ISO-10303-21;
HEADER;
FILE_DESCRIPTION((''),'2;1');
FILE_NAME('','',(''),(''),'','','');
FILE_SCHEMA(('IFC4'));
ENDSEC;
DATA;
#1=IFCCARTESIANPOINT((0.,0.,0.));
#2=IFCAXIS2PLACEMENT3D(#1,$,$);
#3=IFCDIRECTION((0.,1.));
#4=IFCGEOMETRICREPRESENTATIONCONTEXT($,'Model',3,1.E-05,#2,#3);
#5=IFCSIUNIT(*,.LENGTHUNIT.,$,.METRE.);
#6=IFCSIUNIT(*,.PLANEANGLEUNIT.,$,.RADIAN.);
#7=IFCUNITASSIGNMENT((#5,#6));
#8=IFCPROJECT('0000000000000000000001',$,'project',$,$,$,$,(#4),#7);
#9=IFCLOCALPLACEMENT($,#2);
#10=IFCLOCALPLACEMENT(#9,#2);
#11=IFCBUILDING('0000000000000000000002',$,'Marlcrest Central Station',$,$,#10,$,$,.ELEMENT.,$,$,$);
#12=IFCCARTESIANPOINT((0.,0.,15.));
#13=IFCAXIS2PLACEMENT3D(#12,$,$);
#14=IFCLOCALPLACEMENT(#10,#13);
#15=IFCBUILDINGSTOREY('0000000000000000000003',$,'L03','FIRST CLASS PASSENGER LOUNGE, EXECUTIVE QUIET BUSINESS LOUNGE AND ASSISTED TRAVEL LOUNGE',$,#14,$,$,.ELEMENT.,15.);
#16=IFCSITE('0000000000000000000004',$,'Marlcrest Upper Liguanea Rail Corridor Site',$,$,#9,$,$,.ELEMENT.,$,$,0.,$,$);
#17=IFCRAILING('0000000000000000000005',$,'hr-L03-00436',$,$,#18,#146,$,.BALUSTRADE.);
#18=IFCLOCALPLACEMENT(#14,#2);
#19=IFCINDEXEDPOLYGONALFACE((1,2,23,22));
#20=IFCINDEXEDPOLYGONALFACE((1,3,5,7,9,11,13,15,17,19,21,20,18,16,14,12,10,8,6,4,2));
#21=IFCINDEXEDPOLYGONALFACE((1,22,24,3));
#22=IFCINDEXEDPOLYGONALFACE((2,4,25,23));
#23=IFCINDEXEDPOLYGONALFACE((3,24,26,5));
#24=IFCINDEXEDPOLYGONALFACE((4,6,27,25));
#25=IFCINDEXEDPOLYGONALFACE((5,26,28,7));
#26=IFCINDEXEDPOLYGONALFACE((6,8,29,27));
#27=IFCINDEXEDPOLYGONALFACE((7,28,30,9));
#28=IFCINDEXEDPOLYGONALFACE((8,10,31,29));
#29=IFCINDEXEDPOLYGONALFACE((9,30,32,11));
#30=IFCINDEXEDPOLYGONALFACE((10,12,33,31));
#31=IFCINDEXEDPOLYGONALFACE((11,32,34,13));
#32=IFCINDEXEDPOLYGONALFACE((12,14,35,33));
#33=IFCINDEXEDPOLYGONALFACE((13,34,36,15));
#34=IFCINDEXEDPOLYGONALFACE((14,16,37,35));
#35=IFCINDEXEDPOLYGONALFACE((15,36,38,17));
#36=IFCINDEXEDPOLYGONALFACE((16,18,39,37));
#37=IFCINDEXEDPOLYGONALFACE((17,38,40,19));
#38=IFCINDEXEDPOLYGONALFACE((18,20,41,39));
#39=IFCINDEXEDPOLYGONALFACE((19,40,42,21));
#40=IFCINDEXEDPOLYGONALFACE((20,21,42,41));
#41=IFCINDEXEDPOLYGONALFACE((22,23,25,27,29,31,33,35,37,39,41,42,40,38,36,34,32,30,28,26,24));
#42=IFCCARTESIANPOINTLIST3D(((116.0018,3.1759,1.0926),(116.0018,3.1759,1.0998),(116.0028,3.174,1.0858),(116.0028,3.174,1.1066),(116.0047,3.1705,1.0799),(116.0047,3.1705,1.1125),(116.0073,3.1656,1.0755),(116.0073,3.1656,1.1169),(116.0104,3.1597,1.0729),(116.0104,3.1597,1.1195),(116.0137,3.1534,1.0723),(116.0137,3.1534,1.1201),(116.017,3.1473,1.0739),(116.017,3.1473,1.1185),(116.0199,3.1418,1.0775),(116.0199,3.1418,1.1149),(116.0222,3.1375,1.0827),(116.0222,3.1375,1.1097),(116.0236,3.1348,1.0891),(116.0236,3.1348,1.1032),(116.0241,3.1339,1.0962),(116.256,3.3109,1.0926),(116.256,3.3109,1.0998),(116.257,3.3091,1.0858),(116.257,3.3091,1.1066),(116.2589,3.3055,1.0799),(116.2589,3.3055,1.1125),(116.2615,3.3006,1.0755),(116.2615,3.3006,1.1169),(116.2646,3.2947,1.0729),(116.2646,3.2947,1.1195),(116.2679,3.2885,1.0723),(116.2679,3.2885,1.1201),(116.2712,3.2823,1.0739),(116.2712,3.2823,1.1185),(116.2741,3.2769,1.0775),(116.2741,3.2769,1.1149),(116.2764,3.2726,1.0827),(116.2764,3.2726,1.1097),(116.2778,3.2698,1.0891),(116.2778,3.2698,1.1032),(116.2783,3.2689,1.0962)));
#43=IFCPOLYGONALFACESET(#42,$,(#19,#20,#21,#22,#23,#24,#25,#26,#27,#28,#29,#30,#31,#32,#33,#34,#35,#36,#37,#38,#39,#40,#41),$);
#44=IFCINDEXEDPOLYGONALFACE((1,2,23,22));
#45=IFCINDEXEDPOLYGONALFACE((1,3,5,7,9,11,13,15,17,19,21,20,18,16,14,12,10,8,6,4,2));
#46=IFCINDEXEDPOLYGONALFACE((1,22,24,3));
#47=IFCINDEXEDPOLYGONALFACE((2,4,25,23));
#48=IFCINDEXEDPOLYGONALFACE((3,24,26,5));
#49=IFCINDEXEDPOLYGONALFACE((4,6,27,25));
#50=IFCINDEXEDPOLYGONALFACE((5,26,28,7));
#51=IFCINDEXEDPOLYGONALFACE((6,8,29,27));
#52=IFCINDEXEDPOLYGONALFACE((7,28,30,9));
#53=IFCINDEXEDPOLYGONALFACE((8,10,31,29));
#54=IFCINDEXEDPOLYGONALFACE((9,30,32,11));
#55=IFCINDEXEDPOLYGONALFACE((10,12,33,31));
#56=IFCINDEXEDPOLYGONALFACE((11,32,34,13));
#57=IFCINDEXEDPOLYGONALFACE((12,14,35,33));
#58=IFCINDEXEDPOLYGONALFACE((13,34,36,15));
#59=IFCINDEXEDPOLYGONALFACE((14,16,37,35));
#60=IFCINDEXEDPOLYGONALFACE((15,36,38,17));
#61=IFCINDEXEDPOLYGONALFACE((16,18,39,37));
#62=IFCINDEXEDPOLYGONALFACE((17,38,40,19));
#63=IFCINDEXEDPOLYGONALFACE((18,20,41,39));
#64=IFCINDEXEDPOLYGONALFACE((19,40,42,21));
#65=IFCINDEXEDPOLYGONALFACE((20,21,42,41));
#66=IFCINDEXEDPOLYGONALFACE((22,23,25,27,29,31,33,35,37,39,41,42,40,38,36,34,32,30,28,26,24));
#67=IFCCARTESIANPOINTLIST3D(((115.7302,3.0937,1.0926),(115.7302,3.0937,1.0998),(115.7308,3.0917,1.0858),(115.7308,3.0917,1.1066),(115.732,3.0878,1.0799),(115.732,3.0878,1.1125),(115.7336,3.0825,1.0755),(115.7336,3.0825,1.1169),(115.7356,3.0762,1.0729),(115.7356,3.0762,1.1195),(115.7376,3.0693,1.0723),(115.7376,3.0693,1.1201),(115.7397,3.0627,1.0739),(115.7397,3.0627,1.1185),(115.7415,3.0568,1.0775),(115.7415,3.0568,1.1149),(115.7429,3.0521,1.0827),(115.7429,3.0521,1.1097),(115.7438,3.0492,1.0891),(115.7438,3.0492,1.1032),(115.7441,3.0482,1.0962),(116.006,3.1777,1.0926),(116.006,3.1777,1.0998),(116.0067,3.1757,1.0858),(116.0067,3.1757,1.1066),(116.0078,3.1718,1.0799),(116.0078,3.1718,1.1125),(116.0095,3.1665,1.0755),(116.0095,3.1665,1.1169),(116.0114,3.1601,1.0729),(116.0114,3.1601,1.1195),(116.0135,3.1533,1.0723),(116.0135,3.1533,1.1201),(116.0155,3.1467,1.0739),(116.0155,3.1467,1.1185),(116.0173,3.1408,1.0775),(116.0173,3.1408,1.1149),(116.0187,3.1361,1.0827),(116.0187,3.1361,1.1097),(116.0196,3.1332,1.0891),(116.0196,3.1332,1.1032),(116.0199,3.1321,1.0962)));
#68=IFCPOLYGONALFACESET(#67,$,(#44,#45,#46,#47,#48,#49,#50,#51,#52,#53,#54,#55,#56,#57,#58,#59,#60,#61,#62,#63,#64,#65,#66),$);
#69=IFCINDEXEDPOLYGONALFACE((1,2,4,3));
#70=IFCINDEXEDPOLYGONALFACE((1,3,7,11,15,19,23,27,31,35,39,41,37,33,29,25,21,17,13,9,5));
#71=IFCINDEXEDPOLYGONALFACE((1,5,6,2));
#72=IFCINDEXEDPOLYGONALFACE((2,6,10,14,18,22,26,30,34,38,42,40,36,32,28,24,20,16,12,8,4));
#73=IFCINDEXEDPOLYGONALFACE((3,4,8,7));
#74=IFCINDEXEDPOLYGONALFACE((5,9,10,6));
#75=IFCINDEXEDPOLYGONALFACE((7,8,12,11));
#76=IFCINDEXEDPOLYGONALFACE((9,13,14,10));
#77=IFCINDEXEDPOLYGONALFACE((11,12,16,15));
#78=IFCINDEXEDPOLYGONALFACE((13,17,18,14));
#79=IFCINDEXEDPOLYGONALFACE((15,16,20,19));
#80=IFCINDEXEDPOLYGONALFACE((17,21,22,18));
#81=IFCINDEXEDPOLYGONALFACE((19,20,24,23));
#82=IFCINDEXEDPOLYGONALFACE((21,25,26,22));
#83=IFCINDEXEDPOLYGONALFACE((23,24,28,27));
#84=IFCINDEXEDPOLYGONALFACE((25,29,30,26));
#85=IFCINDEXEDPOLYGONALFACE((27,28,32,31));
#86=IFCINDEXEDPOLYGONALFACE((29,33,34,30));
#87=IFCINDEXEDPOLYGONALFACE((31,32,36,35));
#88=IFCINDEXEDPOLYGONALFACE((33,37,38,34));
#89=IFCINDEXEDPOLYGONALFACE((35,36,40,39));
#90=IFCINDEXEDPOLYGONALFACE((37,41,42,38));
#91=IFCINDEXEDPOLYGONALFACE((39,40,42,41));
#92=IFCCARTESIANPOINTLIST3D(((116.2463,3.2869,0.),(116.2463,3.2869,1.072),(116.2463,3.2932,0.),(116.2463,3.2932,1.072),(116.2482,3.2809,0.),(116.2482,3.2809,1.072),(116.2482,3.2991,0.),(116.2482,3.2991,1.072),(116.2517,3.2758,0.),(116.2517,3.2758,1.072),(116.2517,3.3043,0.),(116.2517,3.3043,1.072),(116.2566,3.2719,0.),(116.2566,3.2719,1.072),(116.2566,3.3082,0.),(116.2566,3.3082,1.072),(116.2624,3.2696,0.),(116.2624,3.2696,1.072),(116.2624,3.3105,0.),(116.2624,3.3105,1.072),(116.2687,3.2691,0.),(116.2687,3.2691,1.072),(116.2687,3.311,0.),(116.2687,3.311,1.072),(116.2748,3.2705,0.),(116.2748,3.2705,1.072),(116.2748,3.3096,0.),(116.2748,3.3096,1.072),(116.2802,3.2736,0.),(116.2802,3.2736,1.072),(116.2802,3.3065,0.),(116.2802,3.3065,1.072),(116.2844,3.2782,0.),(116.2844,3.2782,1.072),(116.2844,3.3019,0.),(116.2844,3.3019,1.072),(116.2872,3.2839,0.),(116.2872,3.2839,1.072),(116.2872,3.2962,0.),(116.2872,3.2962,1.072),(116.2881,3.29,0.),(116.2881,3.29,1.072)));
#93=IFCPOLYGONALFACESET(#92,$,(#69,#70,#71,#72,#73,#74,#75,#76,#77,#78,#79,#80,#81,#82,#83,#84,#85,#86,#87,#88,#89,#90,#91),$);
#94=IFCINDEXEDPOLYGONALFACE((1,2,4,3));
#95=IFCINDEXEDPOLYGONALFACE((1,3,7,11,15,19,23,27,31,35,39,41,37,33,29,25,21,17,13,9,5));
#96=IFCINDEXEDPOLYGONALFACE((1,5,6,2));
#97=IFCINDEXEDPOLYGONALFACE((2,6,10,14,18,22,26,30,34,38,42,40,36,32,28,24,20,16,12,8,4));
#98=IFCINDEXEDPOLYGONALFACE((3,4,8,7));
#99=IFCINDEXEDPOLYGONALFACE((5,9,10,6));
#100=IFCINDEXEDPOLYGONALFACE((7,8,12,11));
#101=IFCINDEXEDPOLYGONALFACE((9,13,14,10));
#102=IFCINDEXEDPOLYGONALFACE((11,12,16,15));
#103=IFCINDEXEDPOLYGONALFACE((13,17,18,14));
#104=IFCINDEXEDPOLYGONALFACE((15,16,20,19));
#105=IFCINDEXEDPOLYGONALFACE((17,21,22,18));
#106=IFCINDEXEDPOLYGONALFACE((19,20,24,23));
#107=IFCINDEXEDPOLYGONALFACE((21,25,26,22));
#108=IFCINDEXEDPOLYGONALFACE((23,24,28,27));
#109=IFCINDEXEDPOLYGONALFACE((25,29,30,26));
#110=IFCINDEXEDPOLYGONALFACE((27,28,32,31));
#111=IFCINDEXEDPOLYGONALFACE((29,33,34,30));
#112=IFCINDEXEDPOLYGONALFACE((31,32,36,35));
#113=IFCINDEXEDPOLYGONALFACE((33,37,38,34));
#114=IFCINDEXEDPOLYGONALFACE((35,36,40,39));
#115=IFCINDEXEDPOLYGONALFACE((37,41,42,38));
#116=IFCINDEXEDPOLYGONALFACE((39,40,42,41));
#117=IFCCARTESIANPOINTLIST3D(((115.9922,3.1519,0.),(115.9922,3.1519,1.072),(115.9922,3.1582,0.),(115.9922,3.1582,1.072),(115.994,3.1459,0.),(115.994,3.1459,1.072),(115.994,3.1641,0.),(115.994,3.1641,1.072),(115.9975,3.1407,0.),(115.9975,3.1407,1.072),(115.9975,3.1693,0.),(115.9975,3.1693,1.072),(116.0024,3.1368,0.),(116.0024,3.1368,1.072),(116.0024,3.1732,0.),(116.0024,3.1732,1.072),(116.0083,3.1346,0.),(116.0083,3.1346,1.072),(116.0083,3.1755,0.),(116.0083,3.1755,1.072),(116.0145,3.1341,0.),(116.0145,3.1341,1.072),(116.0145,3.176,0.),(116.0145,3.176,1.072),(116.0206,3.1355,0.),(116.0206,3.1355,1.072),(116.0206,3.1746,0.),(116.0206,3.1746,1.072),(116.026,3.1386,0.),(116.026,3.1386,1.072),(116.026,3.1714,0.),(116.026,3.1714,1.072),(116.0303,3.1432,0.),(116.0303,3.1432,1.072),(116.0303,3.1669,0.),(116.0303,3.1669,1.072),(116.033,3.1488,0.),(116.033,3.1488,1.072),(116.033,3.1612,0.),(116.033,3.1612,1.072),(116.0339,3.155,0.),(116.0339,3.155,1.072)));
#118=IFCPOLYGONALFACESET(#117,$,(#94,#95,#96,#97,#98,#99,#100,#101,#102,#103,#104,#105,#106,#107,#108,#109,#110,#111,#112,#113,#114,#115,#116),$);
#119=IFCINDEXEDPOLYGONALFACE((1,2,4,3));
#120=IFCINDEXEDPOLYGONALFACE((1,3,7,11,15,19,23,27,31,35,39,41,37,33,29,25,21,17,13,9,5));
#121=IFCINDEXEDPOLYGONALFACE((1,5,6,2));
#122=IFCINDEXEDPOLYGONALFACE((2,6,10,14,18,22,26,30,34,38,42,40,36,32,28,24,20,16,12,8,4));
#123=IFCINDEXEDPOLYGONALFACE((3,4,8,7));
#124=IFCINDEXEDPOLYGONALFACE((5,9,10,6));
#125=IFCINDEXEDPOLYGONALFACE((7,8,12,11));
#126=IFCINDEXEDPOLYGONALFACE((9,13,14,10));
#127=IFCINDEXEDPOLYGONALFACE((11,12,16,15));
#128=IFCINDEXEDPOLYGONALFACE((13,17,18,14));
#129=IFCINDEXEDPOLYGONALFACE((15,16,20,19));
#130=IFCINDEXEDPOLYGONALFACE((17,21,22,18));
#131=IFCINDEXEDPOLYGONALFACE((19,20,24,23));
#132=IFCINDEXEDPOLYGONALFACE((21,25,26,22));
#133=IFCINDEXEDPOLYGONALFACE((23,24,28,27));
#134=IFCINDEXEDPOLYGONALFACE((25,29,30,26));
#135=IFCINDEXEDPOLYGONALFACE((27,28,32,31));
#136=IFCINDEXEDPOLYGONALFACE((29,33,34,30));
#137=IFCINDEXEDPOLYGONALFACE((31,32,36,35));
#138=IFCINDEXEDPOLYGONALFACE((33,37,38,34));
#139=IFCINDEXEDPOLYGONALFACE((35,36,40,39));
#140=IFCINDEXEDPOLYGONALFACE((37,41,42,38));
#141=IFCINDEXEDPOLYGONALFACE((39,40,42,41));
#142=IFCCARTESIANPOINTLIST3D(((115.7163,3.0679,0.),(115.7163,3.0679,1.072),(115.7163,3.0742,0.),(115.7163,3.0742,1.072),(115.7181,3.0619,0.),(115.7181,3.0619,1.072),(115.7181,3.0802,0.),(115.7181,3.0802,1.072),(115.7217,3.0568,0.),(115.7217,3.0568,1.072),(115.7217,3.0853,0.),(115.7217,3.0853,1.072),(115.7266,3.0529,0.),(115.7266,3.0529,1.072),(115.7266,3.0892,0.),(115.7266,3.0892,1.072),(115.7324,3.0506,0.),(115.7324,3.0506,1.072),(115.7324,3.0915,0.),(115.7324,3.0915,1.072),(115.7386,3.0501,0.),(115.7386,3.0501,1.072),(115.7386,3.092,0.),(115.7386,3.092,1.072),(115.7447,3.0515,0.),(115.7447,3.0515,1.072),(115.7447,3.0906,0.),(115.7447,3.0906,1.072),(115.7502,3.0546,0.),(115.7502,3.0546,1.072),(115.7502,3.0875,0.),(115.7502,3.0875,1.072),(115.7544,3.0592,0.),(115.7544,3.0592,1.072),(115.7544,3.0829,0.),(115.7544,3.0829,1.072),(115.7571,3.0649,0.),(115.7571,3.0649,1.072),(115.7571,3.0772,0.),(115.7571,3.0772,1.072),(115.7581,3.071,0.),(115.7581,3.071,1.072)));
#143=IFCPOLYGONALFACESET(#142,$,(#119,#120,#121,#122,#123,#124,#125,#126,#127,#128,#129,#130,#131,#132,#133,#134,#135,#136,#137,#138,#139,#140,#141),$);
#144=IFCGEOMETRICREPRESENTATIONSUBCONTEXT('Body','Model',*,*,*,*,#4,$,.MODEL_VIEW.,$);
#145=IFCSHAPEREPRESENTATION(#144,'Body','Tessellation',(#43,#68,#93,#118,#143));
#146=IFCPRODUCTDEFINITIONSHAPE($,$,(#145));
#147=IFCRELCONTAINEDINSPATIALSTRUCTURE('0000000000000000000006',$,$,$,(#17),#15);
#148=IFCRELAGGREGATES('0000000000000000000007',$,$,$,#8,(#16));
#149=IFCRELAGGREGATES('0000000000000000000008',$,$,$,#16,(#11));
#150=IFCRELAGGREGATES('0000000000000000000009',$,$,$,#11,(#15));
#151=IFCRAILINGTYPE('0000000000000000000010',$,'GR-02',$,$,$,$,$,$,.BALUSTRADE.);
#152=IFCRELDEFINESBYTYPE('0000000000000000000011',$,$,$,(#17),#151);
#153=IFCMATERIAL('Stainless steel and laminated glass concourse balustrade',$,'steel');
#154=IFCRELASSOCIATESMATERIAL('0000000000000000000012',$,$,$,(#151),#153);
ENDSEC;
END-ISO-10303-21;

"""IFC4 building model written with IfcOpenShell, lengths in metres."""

from ifc_helpers import new_model, si_unit, direction, frame, origin, origin_2d, place, context, subcontext, project, spatial, circle, extrude, material, type_object, element, save


model = new_model("IFC4")

# Units and contexts
model_context = context("Model", 3, precision=1e-05, world=origin(), true_north=direction((0.0, 1.0)))
body_context = subcontext(model_context, "Body", "Model", "MODEL_VIEW")
ifc_project = project(units=[si_unit("LENGTHUNIT", "METRE"), si_unit("PLANEANGLEUNIT", "RADIAN")], contexts=[model_context])

# Site, building, storey
site_placement = place(None, origin())
site = spatial("IfcSite", under=ifc_project, at=site_placement, Name="Marlcrest Upper Liguanea Rail Corridor Site", CompositionType="ELEMENT", RefElevation=0.0)
building_placement = place(site_placement, origin())
building = spatial("IfcBuilding", under=site, at=building_placement, Name="Marlcrest Central Station", CompositionType="ELEMENT")
storey_placement = place(building_placement, frame((0.0, 0.0, 15.0)))
storey = spatial("IfcBuildingStorey", under=building, at=storey_placement, Name="L03", Description="FIRST CLASS PASSENGER LOUNGE, EXECUTIVE QUIET BUSINESS LOUNGE AND ASSISTED TRAVEL LOUNGE", CompositionType="ELEMENT", Elevation=15.0)

# Railing
ifc_material_1 = material(Name="Stainless steel and laminated glass concourse balustrade", Category="steel")
railing_type = type_object("IfcRailingType", Name="GR-02", PredefinedType="BALUSTRADE", material=ifc_material_1)
railing_1_placement = place(storey_placement, frame((116.2671, 3.29, 0.0)))
element("IfcRailing", 1, at=railing_1_placement, inside=storey, type_object=railing_type, Name="hr-L03-00436", PredefinedType="BALUSTRADE", context=body_context, shape_type="SweptSolid", body=[
    extrude(circle(Radius=0.0239, at=origin_2d()), frame((0.0, 0.0, 1.0962), z_axis=(-0.883127, -0.469135, 0.0), x_axis=(0.469135, -0.883127, 0.0)), (0.0, 0.0, 1.0), 0.2878),
    extrude(circle(Radius=0.0239, at=origin_2d()), frame((-0.2542, -0.135, 1.0962), z_axis=(-0.956653, -0.291229, 0.0), x_axis=(0.291229, -0.956653, 0.0)), (0.0, 0.0, 1.0), 0.2883),
    extrude(circle(Radius=0.021, at=origin_2d()), origin(), (0.0, 0.0, 1.0), 1.072),
    extrude(circle(Radius=0.021, at=origin_2d()), frame((-0.2542, -0.135, 0.0)), (0.0, 0.0, 1.0), 1.072),
    extrude(circle(Radius=0.021, at=origin_2d()), frame((-0.53, -0.219, 0.0)), (0.0, 0.0, 1.0), 1.072),
])

save(model, "model.ifc")
